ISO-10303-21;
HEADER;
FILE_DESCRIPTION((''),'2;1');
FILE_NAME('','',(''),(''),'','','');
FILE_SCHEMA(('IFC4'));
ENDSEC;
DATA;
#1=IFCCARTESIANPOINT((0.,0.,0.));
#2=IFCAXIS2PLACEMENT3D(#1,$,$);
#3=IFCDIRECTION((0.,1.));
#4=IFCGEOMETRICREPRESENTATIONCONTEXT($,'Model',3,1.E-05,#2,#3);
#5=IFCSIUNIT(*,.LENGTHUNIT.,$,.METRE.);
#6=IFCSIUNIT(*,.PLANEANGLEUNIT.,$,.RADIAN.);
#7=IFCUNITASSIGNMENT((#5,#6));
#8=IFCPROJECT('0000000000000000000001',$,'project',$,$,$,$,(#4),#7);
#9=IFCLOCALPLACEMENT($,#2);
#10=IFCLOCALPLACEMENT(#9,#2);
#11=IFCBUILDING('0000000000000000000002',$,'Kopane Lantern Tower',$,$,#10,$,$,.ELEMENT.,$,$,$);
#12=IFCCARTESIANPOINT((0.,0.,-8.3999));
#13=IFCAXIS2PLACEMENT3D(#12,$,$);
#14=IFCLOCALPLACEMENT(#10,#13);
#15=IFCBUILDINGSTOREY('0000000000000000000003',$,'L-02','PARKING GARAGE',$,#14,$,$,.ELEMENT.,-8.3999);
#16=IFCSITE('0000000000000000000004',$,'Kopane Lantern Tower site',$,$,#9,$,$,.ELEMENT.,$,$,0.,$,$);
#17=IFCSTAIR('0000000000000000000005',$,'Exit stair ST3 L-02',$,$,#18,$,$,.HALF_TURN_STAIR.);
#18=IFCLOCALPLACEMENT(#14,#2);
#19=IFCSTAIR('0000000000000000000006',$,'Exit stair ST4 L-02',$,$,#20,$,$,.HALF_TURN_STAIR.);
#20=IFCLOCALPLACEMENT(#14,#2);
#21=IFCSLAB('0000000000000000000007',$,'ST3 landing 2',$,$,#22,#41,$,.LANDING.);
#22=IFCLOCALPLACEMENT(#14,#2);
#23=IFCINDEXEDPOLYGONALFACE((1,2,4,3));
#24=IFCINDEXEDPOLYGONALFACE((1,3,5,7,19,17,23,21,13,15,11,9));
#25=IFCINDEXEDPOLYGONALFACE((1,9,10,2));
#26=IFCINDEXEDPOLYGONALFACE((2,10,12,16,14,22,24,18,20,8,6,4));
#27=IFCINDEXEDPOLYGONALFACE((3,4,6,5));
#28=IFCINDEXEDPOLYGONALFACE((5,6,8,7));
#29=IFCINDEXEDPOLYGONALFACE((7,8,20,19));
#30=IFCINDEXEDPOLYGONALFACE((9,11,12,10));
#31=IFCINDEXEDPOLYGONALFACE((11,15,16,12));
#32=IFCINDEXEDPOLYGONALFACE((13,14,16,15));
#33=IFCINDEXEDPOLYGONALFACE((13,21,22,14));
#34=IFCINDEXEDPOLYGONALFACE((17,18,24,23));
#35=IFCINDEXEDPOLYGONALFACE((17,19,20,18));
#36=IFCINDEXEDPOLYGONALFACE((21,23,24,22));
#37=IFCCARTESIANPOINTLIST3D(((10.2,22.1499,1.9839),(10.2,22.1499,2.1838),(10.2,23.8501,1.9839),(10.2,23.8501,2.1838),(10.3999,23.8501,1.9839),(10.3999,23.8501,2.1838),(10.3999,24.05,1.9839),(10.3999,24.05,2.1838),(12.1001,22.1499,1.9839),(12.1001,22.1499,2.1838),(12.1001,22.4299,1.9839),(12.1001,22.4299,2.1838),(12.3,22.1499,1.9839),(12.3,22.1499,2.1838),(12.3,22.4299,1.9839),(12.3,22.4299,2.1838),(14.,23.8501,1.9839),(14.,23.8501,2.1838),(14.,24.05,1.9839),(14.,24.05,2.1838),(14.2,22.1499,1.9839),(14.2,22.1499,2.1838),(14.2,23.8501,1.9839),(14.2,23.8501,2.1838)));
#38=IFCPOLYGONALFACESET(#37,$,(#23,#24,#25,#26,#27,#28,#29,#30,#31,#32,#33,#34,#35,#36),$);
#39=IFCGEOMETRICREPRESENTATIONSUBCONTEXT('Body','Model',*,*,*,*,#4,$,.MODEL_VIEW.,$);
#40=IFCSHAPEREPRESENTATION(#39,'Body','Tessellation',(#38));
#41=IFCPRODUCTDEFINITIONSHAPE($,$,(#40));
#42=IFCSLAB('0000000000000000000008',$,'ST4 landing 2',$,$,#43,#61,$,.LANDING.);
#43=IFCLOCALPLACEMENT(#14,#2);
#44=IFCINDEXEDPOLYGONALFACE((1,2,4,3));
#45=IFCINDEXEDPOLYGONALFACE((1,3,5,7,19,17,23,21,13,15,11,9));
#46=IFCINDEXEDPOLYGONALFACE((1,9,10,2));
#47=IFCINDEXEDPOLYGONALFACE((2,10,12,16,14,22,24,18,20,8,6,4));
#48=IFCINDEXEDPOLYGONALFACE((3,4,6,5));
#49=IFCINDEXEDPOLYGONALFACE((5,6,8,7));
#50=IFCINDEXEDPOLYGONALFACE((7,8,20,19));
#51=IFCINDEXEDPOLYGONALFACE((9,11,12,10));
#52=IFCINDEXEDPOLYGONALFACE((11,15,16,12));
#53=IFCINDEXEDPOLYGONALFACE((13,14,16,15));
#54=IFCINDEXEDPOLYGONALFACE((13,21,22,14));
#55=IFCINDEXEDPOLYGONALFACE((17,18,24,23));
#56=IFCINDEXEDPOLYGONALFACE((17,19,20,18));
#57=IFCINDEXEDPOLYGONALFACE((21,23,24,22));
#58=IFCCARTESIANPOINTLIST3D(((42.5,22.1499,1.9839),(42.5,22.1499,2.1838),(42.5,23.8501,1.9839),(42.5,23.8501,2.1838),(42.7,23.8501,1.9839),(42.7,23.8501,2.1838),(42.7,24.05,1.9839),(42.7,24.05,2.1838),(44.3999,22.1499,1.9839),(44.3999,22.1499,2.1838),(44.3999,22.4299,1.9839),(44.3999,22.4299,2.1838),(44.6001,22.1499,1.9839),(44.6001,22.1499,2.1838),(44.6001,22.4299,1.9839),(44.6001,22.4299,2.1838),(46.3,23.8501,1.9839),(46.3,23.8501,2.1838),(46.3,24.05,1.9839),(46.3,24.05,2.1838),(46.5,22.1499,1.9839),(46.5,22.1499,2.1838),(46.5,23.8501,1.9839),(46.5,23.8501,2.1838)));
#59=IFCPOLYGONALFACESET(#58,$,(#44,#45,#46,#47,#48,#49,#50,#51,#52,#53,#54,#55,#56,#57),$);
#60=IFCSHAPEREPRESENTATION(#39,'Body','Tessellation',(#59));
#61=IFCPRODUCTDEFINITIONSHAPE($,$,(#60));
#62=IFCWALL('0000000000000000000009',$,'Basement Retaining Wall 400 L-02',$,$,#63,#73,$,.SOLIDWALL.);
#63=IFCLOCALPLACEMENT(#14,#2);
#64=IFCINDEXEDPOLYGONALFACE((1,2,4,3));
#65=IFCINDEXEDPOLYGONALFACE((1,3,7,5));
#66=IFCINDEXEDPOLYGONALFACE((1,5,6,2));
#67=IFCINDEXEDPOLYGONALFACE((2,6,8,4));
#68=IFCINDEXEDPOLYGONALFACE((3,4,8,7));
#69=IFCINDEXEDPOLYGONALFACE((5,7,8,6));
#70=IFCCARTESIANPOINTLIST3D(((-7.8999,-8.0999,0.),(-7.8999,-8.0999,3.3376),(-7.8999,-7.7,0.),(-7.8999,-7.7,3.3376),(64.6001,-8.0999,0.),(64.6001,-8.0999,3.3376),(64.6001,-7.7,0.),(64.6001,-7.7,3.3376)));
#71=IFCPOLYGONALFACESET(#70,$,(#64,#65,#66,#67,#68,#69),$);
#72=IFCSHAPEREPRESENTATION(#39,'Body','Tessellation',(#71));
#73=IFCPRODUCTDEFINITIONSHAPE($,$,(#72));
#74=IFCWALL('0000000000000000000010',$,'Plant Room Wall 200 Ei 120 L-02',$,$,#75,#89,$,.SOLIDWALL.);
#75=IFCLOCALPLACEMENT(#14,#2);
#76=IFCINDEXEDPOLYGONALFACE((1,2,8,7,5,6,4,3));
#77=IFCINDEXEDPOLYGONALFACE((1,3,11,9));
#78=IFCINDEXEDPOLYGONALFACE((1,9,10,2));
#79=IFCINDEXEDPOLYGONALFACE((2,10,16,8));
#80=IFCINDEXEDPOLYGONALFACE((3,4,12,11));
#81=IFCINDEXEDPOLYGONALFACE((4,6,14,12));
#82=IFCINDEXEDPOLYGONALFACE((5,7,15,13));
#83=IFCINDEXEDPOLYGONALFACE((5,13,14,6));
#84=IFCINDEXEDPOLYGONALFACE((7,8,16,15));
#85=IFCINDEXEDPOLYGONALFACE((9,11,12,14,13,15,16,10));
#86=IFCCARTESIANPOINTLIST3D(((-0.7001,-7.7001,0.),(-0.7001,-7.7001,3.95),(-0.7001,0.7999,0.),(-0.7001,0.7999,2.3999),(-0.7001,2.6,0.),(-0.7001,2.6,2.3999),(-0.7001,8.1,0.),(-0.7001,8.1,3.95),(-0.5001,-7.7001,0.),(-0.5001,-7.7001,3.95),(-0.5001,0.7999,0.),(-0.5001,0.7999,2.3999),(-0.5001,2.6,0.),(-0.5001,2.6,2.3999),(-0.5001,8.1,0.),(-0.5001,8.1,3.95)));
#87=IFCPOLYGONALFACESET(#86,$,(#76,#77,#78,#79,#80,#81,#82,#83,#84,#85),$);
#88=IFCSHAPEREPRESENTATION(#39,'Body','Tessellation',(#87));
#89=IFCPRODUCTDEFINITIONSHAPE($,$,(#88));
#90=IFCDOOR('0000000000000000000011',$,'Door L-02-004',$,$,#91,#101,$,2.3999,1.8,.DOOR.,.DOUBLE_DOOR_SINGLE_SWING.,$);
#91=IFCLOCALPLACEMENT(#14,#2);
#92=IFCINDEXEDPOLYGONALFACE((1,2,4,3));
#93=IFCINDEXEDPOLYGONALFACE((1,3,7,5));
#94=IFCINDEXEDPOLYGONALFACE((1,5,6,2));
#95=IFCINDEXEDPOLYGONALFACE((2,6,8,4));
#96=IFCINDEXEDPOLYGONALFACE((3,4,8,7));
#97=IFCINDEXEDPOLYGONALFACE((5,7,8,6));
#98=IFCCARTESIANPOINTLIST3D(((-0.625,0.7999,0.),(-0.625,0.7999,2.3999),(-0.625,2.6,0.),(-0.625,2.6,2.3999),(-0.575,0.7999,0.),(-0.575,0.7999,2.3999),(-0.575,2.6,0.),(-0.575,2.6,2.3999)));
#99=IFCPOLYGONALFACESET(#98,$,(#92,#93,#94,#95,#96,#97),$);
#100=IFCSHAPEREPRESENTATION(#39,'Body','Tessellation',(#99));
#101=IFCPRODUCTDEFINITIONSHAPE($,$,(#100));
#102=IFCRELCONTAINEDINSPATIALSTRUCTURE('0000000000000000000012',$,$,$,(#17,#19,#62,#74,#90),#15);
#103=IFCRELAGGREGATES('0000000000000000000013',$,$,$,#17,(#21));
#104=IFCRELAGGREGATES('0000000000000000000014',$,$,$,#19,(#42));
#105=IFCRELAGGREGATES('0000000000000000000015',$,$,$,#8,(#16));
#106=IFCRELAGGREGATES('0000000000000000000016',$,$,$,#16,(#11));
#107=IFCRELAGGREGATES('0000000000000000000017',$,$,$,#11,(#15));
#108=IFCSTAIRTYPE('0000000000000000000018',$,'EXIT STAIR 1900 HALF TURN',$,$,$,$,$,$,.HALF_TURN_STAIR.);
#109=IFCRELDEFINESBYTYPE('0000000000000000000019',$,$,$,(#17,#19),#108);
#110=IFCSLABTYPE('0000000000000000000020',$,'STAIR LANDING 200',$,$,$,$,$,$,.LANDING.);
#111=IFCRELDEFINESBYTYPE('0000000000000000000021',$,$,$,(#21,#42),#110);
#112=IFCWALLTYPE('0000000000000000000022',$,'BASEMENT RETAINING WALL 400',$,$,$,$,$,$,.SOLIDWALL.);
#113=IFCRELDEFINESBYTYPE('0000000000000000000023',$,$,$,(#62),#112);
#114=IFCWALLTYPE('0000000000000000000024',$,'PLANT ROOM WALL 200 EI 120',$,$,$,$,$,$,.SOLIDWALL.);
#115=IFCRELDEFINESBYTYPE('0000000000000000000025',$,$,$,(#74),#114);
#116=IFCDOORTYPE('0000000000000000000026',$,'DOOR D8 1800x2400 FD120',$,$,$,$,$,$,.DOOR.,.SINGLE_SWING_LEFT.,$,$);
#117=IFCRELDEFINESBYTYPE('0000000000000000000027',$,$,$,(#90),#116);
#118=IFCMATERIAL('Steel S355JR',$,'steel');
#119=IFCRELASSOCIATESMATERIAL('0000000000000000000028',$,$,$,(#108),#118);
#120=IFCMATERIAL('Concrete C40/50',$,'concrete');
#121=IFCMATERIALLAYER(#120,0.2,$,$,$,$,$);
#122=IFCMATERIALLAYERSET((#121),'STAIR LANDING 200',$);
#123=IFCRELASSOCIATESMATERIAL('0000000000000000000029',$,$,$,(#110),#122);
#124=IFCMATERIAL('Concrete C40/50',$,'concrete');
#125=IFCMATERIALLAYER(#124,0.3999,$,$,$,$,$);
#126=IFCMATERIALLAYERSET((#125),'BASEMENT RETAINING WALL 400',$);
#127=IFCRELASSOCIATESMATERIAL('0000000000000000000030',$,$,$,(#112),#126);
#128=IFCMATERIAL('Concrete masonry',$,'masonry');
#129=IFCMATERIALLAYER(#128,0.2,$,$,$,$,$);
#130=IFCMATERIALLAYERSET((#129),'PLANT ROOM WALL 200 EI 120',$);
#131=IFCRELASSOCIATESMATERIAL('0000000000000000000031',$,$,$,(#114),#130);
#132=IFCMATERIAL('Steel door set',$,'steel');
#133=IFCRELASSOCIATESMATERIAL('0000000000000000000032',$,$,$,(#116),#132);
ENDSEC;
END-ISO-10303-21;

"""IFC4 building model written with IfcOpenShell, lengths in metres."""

from ifc_helpers import new_model, si_unit, direction, frame, frame_2d, origin, place, context, subcontext, project, spatial, polyline, rectangle, outline, extrude, material, layer, layer_set, type_object, element, fill, aggregate, save


model = new_model("IFC4")

# Units and contexts
model_context = context("Model", 3, precision=1e-05, world=origin(), true_north=direction((0.0, 1.0)))
body_context = subcontext(model_context, "Body", "Model", "MODEL_VIEW")
ifc_project = project(units=[si_unit("LENGTHUNIT", "METRE"), si_unit("PLANEANGLEUNIT", "RADIAN")], contexts=[model_context])

# Site, building, storey
site_placement = place(None, origin())
site = spatial("IfcSite", under=ifc_project, at=site_placement, Name="Kopane Lantern Tower site", CompositionType="ELEMENT", RefElevation=0.0)
building_placement = place(site_placement, origin())
building = spatial("IfcBuilding", under=site, at=building_placement, Name="Kopane Lantern Tower", CompositionType="ELEMENT")
storey_placement = place(building_placement, frame((0.0, 0.0, -8.3999)))
storey = spatial("IfcBuildingStorey", under=building, at=storey_placement, Name="L-02", Description="PARKING GARAGE", CompositionType="ELEMENT", Elevation=-8.3999)

# Stairs
ifc_material_1 = material(Name="Steel S355JR", Category="steel")
stair_type = type_object("IfcStairType", Name="EXIT STAIR 1900 HALF TURN", PredefinedType="HALF_TURN_STAIR", material=ifc_material_1)
stair_1_placement = place(storey_placement, origin())
stair_1 = element("IfcStair", 1, at=stair_1_placement, inside=storey, type_object=stair_type, Name="Exit stair ST3 L-02", PredefinedType="HALF_TURN_STAIR")
stair_2_placement = place(storey_placement, origin())
stair_2 = element("IfcStair", 2, at=stair_2_placement, inside=storey, type_object=stair_type, Name="Exit stair ST4 L-02", PredefinedType="HALF_TURN_STAIR")

# Shared definitions
ifc_material_2 = material(Name="Concrete C40/50", Category="concrete")
ifc_layer_1 = layer(ifc_material_2, 0.2)
ifc_layer_set_1 = layer_set([ifc_layer_1], Name="STAIR LANDING 200")
slab_type_1 = type_object("IfcSlabType", Name="STAIR LANDING 200", PredefinedType="LANDING", material=ifc_layer_set_1)

# Slabs
slab_1_placement = place(storey_placement, frame((0.0, 0.0, 1.9839)))
slab_1 = element("IfcSlab", 3, at=slab_1_placement, type_object=slab_type_1, Name="ST3 landing 2", PredefinedType="LANDING", context=body_context, shape_type="SweptSolid", body=[
    extrude(outline(polyline([(10.3999, 23.8501), (10.2, 23.8501), (10.2, 22.1499), (12.1001, 22.1499), (12.1001, 22.4299), (12.3, 22.4299), (12.3, 22.1499), (14.2, 22.1499), (14.2, 23.8501), (14.0, 23.8501), (14.0, 24.05), (10.3999, 24.05), (10.3999, 23.8501)])), origin(), (0.0, 0.0, 1.0), 0.2),
])
aggregate(stair_1, [slab_1])
slab_2_placement = place(storey_placement, frame((0.0, 0.0, 1.9839)))
slab_2 = element("IfcSlab", 4, at=slab_2_placement, type_object=slab_type_1, Name="ST4 landing 2", PredefinedType="LANDING", context=body_context, shape_type="SweptSolid", body=[
    extrude(outline(polyline([(42.7, 23.8501), (42.5, 23.8501), (42.5, 22.1499), (44.3999, 22.1499), (44.3999, 22.4299), (44.6001, 22.4299), (44.6001, 22.1499), (46.5, 22.1499), (46.5, 23.8501), (46.3, 23.8501), (46.3, 24.05), (42.7, 24.05), (42.7, 23.8501)])), origin(), (0.0, 0.0, 1.0), 0.2),
])
aggregate(stair_2, [slab_2])

# Wall
ifc_material_3 = material(Name="Concrete C40/50", Category="concrete")
ifc_layer_2 = layer(ifc_material_3, 0.3999)
ifc_layer_set_2 = layer_set([ifc_layer_2], Name="BASEMENT RETAINING WALL 400")
wall_type_1 = type_object("IfcWallType", Name="BASEMENT RETAINING WALL 400", PredefinedType="SOLIDWALL", material=ifc_layer_set_2)
wall_1_placement = place(storey_placement, frame((-7.8999, -7.8999, 0.0), z_axis=(0.0, 0.0, 1.0), x_axis=(1.0, 0.0, 0.0)))
element("IfcWall", 5, at=wall_1_placement, inside=storey, type_object=wall_type_1, Name="Basement Retaining Wall 400 L-02", PredefinedType="SOLIDWALL", context=body_context, shape_type="SweptSolid", body=[
    extrude(rectangle(XDim=72.5, YDim=0.3999, at=frame_2d((36.25, 0.0))), origin(), (0.0, 0.0, 1.0), 3.3376),
])

# Wall, opening, door
ifc_material_4 = material(Name="Concrete masonry", Category="masonry")
ifc_layer_3 = layer(ifc_material_4, 0.2)
ifc_layer_set_3 = layer_set([ifc_layer_3], Name="PLANT ROOM WALL 200 EI 120")
wall_type_2 = type_object("IfcWallType", Name="PLANT ROOM WALL 200 EI 120", PredefinedType="SOLIDWALL", material=ifc_layer_set_3)
wall_2_placement = place(storey_placement, frame((-0.6001, -7.7, 0.0), z_axis=(0.0, 0.0, 1.0), x_axis=(0.0, 1.0, 0.0)))
wall_2 = element("IfcWall", 6, at=wall_2_placement, inside=storey, type_object=wall_type_2, Name="Plant Room Wall 200 Ei 120 L-02", PredefinedType="SOLIDWALL", context=body_context, shape_type="SweptSolid", body=[
    extrude(rectangle(XDim=15.8, YDim=0.2, at=frame_2d((7.8999, 0.0))), origin(), (0.0, 0.0, 1.0), 3.95),
])
opening_placement = place(wall_2_placement, frame((8.5, 0.0, 0.0)))
opening = element("IfcOpeningElement", 7, at=opening_placement, cuts=wall_2, PredefinedType="OPENING", context=body_context, shape_type="SweptSolid", body=[
    extrude(rectangle(XDim=1.8, YDim=2.3999, at=frame_2d((0.8999, 1.2))), frame((0.0, 0.1099, 0.0), z_axis=(0.0, -1.0, 0.0), x_axis=(1.0, 0.0, 0.0)), (0.0, 0.0, 1.0), 0.22),
])
ifc_material_5 = material(Name="Steel door set", Category="steel")
door_type = type_object("IfcDoorType", Name="DOOR D8 1800x2400 FD120", OperationType="SINGLE_SWING_LEFT", PredefinedType="DOOR", material=ifc_material_5)
door_placement = place(opening_placement, origin())
door = element("IfcDoor", 8, at=door_placement, inside=storey, type_object=door_type, Name="Door L-02-004", OperationType="DOUBLE_DOOR_SINGLE_SWING", OverallHeight=2.3999, OverallWidth=1.8, PredefinedType="DOOR", context=body_context, shape_type="SweptSolid", body=[
    extrude(rectangle(XDim=1.8, YDim=2.3999, at=frame_2d((0.8999, 1.2))), frame((0.0, 0.0249, 0.0), z_axis=(0.0, -1.0, 0.0), x_axis=(1.0, 0.0, 0.0)), (0.0, 0.0, 1.0), 0.05),
])
fill(opening, door)

save(model, "model.ifc")
